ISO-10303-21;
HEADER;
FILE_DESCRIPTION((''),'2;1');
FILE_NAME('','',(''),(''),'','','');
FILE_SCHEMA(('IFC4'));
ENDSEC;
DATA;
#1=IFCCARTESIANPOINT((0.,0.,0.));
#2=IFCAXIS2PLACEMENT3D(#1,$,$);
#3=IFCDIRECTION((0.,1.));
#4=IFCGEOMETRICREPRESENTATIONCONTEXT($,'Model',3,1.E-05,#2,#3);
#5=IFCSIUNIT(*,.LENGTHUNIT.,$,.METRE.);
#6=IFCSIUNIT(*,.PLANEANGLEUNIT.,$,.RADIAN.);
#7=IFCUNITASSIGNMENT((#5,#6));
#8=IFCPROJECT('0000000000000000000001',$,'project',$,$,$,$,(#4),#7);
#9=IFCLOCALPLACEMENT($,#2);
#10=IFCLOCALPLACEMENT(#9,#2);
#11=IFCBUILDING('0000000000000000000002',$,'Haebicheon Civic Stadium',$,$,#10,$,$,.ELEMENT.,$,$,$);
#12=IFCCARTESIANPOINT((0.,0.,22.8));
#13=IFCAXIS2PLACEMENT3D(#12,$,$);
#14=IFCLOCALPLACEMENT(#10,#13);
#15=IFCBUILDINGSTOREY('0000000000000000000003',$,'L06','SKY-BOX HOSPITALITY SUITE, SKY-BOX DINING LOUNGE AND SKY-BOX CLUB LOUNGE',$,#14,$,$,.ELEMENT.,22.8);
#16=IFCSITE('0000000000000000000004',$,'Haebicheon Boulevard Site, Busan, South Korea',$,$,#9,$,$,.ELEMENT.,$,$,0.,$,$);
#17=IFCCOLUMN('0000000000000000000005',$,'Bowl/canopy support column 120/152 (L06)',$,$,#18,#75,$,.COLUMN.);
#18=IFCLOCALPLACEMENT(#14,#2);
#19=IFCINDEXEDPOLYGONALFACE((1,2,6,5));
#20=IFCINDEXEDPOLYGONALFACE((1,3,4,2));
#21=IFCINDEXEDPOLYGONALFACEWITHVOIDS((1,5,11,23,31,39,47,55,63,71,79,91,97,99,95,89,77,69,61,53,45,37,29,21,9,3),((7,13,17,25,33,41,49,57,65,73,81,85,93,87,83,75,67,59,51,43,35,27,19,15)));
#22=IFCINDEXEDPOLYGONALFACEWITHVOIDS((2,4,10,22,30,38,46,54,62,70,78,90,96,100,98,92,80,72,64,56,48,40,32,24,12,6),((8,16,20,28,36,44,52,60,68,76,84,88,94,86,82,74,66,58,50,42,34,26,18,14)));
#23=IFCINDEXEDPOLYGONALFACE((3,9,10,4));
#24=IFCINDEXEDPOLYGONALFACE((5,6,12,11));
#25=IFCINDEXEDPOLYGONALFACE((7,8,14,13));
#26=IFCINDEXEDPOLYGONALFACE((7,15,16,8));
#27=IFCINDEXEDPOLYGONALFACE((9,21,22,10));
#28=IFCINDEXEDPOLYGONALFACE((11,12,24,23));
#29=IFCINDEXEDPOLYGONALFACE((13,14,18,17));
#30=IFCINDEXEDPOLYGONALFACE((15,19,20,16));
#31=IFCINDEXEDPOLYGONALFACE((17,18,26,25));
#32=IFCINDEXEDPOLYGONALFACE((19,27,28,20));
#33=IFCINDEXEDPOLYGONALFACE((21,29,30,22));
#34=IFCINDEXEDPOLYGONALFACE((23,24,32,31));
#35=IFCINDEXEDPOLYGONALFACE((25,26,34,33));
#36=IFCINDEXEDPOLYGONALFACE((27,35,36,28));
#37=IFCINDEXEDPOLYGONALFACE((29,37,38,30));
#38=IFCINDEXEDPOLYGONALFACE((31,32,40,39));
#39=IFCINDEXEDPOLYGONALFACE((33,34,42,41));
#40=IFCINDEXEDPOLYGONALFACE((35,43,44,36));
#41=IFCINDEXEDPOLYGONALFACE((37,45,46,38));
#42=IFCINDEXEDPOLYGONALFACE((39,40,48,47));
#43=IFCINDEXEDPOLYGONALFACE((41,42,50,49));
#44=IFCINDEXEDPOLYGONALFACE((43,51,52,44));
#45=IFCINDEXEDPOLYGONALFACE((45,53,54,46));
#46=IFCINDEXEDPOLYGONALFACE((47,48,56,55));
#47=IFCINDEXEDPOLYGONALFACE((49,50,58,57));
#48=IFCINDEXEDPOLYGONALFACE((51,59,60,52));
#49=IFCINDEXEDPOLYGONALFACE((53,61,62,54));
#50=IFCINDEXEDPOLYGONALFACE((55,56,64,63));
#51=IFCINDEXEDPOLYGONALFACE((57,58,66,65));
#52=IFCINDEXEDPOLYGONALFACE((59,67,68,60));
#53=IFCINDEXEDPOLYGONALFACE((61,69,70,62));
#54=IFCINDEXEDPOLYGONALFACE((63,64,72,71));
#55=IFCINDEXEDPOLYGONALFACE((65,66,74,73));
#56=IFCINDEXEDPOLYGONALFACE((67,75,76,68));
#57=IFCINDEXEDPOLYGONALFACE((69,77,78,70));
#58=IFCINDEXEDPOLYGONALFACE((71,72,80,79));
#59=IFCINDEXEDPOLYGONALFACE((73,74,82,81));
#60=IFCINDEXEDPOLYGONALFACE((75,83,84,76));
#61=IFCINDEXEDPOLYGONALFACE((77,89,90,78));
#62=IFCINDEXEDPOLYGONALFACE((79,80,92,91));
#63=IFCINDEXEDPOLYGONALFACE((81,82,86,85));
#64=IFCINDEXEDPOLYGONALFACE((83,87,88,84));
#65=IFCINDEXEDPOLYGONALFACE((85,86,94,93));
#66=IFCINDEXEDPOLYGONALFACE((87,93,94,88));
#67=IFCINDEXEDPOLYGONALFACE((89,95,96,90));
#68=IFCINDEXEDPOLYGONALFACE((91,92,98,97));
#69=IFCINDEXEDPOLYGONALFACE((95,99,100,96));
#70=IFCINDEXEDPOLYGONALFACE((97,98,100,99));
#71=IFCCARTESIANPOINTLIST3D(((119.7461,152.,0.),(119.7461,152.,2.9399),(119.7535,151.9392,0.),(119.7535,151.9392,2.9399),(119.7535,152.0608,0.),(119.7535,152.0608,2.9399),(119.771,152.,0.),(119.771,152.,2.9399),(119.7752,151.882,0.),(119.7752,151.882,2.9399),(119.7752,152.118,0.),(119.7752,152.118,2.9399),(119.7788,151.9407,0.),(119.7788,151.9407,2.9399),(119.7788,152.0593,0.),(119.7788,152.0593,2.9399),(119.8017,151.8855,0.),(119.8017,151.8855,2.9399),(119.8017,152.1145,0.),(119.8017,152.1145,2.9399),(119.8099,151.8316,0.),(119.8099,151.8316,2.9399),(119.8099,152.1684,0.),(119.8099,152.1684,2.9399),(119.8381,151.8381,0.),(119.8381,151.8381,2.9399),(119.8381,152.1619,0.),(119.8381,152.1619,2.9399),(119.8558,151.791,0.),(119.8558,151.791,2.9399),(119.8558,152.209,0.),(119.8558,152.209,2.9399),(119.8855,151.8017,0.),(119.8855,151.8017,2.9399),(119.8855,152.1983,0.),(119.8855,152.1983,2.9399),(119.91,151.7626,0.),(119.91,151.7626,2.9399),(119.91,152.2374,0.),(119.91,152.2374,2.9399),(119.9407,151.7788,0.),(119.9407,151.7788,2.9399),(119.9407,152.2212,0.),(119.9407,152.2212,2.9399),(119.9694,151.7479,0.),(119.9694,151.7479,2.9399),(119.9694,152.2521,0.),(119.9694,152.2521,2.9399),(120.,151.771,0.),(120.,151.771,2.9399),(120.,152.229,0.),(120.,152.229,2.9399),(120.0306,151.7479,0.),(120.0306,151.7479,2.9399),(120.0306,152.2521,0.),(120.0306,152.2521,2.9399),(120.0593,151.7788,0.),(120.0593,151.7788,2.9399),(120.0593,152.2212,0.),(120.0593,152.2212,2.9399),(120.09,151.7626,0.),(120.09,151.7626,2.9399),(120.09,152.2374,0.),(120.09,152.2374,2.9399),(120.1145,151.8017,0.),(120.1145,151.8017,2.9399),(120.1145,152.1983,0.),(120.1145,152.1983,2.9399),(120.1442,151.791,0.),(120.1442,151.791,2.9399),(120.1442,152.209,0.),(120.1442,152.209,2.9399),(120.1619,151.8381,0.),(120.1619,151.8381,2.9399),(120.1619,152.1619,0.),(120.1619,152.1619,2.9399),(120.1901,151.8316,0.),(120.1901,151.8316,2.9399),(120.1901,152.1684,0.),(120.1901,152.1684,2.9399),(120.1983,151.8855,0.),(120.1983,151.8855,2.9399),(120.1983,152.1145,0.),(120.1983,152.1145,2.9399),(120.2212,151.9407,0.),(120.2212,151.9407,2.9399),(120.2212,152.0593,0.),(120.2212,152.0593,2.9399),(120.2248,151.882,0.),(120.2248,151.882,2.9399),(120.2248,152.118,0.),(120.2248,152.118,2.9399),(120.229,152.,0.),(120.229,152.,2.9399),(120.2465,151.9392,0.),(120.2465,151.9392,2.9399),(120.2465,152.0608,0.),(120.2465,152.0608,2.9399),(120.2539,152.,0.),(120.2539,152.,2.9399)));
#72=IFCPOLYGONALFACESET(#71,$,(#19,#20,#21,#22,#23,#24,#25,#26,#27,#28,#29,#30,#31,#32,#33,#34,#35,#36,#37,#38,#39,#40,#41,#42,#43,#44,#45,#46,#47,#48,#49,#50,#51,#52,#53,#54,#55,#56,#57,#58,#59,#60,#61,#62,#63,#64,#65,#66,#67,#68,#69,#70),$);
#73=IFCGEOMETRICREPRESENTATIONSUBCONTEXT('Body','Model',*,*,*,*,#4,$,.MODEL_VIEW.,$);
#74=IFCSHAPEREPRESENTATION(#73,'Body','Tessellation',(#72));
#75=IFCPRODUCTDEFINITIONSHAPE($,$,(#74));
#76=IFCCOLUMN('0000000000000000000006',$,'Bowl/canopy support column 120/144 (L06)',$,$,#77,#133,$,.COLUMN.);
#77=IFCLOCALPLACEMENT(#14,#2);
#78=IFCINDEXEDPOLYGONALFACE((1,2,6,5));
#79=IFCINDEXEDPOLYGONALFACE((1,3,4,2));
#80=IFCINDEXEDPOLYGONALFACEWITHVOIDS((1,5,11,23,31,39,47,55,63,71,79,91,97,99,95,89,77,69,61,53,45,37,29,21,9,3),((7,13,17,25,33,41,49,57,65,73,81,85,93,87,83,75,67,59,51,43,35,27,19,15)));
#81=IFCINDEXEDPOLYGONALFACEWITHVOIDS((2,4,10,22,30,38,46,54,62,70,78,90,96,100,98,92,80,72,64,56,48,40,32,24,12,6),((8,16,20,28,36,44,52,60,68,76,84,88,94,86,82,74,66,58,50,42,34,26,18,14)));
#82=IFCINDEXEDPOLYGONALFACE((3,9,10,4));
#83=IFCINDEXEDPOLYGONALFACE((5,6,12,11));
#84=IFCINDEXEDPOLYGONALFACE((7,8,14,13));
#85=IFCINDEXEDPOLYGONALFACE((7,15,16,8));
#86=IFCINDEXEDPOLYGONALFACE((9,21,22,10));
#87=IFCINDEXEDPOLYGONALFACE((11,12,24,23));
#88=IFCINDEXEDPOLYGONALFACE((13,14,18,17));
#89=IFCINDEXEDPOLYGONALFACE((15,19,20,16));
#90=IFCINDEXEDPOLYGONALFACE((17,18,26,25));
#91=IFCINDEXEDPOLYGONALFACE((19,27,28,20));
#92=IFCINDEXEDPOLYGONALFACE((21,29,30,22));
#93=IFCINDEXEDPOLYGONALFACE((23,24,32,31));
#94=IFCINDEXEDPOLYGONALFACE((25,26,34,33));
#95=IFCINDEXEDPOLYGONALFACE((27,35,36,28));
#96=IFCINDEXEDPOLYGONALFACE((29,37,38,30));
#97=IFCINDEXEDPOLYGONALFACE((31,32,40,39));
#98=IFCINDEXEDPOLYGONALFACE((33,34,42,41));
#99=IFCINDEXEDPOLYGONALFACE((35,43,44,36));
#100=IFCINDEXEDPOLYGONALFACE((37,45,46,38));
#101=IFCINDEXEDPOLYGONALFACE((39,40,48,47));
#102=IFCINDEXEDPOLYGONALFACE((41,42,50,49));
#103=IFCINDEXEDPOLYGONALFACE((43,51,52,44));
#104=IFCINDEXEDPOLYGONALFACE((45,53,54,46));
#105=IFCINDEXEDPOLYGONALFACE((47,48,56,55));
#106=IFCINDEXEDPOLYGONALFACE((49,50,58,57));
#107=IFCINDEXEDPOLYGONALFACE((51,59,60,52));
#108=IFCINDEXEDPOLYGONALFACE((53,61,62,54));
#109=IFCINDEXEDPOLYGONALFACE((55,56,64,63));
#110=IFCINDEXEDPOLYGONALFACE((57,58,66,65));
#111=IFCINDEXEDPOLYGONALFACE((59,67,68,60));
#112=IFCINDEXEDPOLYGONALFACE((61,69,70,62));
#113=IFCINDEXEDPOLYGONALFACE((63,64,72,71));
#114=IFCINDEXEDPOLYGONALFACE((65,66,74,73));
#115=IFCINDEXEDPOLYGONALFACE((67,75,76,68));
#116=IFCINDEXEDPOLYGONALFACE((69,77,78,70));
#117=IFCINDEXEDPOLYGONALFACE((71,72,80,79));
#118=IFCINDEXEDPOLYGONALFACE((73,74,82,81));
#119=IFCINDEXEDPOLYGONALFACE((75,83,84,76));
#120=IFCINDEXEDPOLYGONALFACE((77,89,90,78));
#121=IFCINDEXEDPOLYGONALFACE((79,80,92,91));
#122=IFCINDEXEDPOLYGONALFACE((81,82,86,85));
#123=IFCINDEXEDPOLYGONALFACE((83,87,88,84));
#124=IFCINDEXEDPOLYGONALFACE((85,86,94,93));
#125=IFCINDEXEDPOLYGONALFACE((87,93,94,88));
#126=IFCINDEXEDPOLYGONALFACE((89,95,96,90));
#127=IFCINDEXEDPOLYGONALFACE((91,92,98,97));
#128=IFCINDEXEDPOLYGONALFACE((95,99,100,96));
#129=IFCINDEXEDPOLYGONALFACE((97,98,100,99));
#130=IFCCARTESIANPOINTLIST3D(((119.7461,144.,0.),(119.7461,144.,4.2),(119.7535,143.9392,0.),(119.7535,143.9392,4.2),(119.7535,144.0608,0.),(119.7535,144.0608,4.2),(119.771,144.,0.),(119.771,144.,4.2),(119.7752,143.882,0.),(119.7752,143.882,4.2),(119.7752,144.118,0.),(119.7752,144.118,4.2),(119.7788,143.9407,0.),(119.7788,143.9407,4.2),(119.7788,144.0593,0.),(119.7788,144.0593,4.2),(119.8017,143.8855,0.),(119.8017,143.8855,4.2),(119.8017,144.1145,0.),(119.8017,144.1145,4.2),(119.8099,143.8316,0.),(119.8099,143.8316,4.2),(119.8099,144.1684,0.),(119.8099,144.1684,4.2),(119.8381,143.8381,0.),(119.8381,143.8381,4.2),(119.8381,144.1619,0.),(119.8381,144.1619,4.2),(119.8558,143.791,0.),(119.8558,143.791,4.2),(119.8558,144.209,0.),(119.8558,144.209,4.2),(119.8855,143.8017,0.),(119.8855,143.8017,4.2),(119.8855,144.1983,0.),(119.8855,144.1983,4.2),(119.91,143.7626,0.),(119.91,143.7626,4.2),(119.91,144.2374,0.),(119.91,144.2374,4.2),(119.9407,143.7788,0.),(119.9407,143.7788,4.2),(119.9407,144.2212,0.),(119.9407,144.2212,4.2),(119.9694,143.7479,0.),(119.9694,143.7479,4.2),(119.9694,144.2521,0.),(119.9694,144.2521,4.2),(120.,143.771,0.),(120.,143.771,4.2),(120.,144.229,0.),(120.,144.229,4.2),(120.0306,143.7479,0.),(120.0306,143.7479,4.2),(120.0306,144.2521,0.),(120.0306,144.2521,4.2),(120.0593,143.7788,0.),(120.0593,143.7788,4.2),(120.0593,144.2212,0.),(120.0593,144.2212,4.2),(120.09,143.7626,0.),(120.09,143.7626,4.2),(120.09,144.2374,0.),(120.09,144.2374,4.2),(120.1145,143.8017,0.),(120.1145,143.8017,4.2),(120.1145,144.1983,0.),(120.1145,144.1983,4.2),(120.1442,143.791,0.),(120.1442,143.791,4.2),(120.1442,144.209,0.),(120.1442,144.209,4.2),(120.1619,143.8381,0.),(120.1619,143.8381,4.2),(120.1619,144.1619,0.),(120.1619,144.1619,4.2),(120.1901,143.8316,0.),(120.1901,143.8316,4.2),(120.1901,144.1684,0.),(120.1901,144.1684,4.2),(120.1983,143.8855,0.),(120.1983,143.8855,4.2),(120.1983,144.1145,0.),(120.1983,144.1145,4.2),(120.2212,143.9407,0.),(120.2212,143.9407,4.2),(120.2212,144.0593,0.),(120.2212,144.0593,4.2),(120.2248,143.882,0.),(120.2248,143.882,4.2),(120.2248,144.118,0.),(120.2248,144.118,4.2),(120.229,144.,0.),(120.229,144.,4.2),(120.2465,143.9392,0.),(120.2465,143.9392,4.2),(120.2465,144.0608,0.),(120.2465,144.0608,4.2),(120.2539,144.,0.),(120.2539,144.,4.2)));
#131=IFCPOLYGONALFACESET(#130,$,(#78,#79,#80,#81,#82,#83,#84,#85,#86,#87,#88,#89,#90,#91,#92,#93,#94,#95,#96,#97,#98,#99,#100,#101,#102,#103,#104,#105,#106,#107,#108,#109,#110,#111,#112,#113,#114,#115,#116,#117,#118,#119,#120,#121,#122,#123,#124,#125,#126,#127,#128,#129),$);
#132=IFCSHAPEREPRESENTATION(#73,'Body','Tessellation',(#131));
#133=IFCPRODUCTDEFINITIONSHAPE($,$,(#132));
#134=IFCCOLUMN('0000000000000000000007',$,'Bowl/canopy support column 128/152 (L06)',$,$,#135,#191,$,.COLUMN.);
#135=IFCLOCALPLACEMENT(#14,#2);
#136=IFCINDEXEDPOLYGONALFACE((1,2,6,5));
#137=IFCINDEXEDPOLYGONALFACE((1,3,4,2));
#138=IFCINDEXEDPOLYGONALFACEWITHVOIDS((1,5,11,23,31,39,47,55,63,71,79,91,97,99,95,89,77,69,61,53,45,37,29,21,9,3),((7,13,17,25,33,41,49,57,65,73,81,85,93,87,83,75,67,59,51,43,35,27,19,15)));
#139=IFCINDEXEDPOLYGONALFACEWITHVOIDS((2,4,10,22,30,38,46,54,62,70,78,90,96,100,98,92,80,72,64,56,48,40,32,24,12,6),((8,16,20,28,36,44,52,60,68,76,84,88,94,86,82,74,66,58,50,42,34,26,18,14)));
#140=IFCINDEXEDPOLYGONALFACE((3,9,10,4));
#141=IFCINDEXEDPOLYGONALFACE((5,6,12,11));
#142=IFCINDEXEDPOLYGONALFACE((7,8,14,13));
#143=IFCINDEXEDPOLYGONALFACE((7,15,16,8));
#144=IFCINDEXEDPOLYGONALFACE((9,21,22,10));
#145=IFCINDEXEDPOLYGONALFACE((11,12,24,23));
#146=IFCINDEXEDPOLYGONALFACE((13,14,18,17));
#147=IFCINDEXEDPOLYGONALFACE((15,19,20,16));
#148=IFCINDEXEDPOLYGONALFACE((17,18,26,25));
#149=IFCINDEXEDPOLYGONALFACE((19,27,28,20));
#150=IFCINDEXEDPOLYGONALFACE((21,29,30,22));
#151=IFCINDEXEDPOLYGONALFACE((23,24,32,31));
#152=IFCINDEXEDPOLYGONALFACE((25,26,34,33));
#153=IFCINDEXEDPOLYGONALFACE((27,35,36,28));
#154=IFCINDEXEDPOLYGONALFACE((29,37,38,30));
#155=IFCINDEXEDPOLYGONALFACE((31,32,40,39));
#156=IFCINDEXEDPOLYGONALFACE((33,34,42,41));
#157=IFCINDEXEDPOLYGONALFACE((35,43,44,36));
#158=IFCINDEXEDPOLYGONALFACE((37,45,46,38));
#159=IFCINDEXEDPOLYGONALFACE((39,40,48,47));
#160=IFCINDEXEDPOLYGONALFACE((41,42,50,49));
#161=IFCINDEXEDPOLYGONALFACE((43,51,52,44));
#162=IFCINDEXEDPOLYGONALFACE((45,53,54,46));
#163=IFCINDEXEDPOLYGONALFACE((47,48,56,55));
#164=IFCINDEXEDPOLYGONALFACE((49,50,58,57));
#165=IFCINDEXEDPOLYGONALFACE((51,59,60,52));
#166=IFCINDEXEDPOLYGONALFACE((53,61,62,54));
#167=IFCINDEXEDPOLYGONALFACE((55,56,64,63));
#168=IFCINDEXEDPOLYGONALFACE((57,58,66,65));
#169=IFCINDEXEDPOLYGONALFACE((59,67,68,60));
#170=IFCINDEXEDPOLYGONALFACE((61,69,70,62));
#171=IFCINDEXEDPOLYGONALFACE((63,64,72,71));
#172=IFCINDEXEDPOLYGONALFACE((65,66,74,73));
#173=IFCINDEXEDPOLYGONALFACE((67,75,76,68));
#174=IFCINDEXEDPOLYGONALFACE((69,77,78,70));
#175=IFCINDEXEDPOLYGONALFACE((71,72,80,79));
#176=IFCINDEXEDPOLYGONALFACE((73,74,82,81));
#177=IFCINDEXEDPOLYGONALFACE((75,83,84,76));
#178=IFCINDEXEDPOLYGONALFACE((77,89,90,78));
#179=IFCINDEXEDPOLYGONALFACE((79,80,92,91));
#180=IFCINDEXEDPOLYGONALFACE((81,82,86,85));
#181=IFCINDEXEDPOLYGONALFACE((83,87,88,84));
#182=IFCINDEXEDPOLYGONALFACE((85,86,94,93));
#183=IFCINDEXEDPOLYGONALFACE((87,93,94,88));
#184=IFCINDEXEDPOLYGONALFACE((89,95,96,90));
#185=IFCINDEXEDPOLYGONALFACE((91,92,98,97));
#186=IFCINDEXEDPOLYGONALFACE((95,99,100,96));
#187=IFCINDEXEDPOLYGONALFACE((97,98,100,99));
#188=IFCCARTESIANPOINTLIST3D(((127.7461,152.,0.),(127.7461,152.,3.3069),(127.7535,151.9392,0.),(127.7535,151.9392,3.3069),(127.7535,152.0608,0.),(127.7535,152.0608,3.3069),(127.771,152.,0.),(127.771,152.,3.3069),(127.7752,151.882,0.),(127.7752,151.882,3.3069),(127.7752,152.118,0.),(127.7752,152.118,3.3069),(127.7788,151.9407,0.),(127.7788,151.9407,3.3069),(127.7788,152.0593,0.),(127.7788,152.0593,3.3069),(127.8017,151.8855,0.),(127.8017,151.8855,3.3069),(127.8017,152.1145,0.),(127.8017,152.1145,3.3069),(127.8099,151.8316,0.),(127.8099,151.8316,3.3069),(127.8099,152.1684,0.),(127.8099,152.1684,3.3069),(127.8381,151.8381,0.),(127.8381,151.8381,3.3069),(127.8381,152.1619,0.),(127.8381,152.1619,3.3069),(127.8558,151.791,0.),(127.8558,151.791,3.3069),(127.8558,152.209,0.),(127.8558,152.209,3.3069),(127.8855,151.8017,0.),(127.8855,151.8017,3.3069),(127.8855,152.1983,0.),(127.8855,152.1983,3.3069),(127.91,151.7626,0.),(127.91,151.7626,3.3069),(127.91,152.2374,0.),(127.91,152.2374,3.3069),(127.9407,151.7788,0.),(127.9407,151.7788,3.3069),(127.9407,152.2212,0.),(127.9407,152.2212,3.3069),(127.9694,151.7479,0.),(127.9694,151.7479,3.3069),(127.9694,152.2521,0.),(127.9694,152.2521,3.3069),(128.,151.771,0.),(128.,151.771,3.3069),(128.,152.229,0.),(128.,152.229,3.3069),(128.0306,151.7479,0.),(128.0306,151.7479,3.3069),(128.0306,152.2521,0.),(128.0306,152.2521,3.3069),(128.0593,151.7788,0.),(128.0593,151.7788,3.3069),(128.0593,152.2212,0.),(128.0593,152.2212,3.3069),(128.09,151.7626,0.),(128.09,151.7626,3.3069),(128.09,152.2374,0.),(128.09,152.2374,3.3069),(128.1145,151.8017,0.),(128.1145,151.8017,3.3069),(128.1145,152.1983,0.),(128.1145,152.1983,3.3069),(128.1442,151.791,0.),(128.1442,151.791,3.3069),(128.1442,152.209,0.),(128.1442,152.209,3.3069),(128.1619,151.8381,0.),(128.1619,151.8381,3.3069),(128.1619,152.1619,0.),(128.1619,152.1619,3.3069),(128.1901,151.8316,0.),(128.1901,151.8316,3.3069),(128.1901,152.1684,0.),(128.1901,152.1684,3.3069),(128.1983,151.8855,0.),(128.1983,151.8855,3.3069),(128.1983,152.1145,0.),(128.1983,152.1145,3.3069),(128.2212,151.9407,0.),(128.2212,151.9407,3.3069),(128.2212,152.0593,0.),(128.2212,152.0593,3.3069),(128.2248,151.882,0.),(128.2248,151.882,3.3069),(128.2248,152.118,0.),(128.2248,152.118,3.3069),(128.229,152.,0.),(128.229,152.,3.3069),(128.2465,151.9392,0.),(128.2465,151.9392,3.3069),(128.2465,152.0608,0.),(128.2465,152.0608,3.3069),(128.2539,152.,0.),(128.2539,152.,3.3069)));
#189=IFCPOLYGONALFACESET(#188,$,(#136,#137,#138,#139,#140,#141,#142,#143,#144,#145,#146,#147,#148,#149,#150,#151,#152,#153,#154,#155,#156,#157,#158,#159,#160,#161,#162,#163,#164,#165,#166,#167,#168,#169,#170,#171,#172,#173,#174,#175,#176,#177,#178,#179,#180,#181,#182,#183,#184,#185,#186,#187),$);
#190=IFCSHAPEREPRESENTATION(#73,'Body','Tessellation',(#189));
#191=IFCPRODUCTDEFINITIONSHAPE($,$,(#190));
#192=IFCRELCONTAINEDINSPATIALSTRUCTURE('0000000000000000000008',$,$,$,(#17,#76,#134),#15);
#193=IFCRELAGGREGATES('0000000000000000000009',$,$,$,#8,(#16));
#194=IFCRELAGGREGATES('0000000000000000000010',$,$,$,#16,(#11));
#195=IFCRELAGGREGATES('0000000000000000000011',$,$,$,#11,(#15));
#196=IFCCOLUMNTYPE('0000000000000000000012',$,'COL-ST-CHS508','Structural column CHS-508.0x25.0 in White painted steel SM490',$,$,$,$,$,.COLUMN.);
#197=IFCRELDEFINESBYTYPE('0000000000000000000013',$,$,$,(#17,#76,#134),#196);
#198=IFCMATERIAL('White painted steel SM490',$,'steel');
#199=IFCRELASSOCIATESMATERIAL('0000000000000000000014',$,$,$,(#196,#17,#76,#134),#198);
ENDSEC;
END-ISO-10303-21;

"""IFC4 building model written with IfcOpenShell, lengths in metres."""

from ifc_helpers import new_model, si_unit, direction, frame, origin, origin_2d, place, context, subcontext, project, spatial, hollow_circle, extrude, material, material_profile, profile_set, type_object, element, save


model = new_model("IFC4")

# Units and contexts
model_context = context("Model", 3, precision=1e-05, world=origin(), true_north=direction((0.0, 1.0)))
body_context = subcontext(model_context, "Body", "Model", "MODEL_VIEW")
ifc_project = project(units=[si_unit("LENGTHUNIT", "METRE"), si_unit("PLANEANGLEUNIT", "RADIAN")], contexts=[model_context])

# Site, building, storey
site_placement = place(None, origin())
site = spatial("IfcSite", under=ifc_project, at=site_placement, Name="Haebicheon Boulevard Site, Busan, South Korea", CompositionType="ELEMENT", RefElevation=0.0)
building_placement = place(site_placement, origin())
building = spatial("IfcBuilding", under=site, at=building_placement, Name="Haebicheon Civic Stadium", CompositionType="ELEMENT")
storey_placement = place(building_placement, frame((0.0, 0.0, 22.8)))
storey = spatial("IfcBuildingStorey", under=building, at=storey_placement, Name="L06", Description="SKY-BOX HOSPITALITY SUITE, SKY-BOX DINING LOUNGE AND SKY-BOX CLUB LOUNGE", CompositionType="ELEMENT", Elevation=22.8)

# Columns
ifc_material_1 = material(Name="White painted steel SM490", Category="steel")
ifc_material_profile_1 = material_profile(ifc_material_1, hollow_circle(Radius=0.2539, WallThickness=0.0249, at=origin_2d()), Name="CHS-508.0x25.0")
ifc_profile_set_1 = profile_set([ifc_material_profile_1], Name="White painted steel SM490")
column_type = type_object("IfcColumnType", Name="COL-ST-CHS508", Description="Structural column CHS-508.0x25.0 in White painted steel SM490", PredefinedType="COLUMN", material=ifc_profile_set_1)
column_1_placement = place(storey_placement, frame((120.0, 152.0, 0.0), z_axis=(0.0, 0.0, 1.0), x_axis=(1.0, 0.0, 0.0)))
element("IfcColumn", 1, at=column_1_placement, inside=storey, type_object=column_type, material=ifc_profile_set_1, Name="Bowl/canopy support column 120/152 (L06)", PredefinedType="COLUMN", context=body_context, shape_type="SweptSolid", body=[
    extrude(hollow_circle(Radius=0.2539, WallThickness=0.0249, at=origin_2d()), origin(), (0.0, 0.0, 1.0), 2.9399),
])
column_2_placement = place(storey_placement, frame((120.0, 144.0, 0.0), z_axis=(0.0, 0.0, 1.0), x_axis=(1.0, 0.0, 0.0)))
element("IfcColumn", 2, at=column_2_placement, inside=storey, type_object=column_type, material=ifc_profile_set_1, Name="Bowl/canopy support column 120/144 (L06)", PredefinedType="COLUMN", context=body_context, shape_type="SweptSolid", body=[
    extrude(hollow_circle(Radius=0.2539, WallThickness=0.0249, at=origin_2d()), origin(), (0.0, 0.0, 1.0), 4.2),
])
column_3_placement = place(storey_placement, frame((128.0, 152.0, 0.0), z_axis=(0.0, 0.0, 1.0), x_axis=(1.0, 0.0, 0.0)))
element("IfcColumn", 3, at=column_3_placement, inside=storey, type_object=column_type, material=ifc_profile_set_1, Name="Bowl/canopy support column 128/152 (L06)", PredefinedType="COLUMN", context=body_context, shape_type="SweptSolid", body=[
    extrude(hollow_circle(Radius=0.2539, WallThickness=0.0249, at=origin_2d()), origin(), (0.0, 0.0, 1.0), 3.3069),
])

save(model, "model.ifc")
